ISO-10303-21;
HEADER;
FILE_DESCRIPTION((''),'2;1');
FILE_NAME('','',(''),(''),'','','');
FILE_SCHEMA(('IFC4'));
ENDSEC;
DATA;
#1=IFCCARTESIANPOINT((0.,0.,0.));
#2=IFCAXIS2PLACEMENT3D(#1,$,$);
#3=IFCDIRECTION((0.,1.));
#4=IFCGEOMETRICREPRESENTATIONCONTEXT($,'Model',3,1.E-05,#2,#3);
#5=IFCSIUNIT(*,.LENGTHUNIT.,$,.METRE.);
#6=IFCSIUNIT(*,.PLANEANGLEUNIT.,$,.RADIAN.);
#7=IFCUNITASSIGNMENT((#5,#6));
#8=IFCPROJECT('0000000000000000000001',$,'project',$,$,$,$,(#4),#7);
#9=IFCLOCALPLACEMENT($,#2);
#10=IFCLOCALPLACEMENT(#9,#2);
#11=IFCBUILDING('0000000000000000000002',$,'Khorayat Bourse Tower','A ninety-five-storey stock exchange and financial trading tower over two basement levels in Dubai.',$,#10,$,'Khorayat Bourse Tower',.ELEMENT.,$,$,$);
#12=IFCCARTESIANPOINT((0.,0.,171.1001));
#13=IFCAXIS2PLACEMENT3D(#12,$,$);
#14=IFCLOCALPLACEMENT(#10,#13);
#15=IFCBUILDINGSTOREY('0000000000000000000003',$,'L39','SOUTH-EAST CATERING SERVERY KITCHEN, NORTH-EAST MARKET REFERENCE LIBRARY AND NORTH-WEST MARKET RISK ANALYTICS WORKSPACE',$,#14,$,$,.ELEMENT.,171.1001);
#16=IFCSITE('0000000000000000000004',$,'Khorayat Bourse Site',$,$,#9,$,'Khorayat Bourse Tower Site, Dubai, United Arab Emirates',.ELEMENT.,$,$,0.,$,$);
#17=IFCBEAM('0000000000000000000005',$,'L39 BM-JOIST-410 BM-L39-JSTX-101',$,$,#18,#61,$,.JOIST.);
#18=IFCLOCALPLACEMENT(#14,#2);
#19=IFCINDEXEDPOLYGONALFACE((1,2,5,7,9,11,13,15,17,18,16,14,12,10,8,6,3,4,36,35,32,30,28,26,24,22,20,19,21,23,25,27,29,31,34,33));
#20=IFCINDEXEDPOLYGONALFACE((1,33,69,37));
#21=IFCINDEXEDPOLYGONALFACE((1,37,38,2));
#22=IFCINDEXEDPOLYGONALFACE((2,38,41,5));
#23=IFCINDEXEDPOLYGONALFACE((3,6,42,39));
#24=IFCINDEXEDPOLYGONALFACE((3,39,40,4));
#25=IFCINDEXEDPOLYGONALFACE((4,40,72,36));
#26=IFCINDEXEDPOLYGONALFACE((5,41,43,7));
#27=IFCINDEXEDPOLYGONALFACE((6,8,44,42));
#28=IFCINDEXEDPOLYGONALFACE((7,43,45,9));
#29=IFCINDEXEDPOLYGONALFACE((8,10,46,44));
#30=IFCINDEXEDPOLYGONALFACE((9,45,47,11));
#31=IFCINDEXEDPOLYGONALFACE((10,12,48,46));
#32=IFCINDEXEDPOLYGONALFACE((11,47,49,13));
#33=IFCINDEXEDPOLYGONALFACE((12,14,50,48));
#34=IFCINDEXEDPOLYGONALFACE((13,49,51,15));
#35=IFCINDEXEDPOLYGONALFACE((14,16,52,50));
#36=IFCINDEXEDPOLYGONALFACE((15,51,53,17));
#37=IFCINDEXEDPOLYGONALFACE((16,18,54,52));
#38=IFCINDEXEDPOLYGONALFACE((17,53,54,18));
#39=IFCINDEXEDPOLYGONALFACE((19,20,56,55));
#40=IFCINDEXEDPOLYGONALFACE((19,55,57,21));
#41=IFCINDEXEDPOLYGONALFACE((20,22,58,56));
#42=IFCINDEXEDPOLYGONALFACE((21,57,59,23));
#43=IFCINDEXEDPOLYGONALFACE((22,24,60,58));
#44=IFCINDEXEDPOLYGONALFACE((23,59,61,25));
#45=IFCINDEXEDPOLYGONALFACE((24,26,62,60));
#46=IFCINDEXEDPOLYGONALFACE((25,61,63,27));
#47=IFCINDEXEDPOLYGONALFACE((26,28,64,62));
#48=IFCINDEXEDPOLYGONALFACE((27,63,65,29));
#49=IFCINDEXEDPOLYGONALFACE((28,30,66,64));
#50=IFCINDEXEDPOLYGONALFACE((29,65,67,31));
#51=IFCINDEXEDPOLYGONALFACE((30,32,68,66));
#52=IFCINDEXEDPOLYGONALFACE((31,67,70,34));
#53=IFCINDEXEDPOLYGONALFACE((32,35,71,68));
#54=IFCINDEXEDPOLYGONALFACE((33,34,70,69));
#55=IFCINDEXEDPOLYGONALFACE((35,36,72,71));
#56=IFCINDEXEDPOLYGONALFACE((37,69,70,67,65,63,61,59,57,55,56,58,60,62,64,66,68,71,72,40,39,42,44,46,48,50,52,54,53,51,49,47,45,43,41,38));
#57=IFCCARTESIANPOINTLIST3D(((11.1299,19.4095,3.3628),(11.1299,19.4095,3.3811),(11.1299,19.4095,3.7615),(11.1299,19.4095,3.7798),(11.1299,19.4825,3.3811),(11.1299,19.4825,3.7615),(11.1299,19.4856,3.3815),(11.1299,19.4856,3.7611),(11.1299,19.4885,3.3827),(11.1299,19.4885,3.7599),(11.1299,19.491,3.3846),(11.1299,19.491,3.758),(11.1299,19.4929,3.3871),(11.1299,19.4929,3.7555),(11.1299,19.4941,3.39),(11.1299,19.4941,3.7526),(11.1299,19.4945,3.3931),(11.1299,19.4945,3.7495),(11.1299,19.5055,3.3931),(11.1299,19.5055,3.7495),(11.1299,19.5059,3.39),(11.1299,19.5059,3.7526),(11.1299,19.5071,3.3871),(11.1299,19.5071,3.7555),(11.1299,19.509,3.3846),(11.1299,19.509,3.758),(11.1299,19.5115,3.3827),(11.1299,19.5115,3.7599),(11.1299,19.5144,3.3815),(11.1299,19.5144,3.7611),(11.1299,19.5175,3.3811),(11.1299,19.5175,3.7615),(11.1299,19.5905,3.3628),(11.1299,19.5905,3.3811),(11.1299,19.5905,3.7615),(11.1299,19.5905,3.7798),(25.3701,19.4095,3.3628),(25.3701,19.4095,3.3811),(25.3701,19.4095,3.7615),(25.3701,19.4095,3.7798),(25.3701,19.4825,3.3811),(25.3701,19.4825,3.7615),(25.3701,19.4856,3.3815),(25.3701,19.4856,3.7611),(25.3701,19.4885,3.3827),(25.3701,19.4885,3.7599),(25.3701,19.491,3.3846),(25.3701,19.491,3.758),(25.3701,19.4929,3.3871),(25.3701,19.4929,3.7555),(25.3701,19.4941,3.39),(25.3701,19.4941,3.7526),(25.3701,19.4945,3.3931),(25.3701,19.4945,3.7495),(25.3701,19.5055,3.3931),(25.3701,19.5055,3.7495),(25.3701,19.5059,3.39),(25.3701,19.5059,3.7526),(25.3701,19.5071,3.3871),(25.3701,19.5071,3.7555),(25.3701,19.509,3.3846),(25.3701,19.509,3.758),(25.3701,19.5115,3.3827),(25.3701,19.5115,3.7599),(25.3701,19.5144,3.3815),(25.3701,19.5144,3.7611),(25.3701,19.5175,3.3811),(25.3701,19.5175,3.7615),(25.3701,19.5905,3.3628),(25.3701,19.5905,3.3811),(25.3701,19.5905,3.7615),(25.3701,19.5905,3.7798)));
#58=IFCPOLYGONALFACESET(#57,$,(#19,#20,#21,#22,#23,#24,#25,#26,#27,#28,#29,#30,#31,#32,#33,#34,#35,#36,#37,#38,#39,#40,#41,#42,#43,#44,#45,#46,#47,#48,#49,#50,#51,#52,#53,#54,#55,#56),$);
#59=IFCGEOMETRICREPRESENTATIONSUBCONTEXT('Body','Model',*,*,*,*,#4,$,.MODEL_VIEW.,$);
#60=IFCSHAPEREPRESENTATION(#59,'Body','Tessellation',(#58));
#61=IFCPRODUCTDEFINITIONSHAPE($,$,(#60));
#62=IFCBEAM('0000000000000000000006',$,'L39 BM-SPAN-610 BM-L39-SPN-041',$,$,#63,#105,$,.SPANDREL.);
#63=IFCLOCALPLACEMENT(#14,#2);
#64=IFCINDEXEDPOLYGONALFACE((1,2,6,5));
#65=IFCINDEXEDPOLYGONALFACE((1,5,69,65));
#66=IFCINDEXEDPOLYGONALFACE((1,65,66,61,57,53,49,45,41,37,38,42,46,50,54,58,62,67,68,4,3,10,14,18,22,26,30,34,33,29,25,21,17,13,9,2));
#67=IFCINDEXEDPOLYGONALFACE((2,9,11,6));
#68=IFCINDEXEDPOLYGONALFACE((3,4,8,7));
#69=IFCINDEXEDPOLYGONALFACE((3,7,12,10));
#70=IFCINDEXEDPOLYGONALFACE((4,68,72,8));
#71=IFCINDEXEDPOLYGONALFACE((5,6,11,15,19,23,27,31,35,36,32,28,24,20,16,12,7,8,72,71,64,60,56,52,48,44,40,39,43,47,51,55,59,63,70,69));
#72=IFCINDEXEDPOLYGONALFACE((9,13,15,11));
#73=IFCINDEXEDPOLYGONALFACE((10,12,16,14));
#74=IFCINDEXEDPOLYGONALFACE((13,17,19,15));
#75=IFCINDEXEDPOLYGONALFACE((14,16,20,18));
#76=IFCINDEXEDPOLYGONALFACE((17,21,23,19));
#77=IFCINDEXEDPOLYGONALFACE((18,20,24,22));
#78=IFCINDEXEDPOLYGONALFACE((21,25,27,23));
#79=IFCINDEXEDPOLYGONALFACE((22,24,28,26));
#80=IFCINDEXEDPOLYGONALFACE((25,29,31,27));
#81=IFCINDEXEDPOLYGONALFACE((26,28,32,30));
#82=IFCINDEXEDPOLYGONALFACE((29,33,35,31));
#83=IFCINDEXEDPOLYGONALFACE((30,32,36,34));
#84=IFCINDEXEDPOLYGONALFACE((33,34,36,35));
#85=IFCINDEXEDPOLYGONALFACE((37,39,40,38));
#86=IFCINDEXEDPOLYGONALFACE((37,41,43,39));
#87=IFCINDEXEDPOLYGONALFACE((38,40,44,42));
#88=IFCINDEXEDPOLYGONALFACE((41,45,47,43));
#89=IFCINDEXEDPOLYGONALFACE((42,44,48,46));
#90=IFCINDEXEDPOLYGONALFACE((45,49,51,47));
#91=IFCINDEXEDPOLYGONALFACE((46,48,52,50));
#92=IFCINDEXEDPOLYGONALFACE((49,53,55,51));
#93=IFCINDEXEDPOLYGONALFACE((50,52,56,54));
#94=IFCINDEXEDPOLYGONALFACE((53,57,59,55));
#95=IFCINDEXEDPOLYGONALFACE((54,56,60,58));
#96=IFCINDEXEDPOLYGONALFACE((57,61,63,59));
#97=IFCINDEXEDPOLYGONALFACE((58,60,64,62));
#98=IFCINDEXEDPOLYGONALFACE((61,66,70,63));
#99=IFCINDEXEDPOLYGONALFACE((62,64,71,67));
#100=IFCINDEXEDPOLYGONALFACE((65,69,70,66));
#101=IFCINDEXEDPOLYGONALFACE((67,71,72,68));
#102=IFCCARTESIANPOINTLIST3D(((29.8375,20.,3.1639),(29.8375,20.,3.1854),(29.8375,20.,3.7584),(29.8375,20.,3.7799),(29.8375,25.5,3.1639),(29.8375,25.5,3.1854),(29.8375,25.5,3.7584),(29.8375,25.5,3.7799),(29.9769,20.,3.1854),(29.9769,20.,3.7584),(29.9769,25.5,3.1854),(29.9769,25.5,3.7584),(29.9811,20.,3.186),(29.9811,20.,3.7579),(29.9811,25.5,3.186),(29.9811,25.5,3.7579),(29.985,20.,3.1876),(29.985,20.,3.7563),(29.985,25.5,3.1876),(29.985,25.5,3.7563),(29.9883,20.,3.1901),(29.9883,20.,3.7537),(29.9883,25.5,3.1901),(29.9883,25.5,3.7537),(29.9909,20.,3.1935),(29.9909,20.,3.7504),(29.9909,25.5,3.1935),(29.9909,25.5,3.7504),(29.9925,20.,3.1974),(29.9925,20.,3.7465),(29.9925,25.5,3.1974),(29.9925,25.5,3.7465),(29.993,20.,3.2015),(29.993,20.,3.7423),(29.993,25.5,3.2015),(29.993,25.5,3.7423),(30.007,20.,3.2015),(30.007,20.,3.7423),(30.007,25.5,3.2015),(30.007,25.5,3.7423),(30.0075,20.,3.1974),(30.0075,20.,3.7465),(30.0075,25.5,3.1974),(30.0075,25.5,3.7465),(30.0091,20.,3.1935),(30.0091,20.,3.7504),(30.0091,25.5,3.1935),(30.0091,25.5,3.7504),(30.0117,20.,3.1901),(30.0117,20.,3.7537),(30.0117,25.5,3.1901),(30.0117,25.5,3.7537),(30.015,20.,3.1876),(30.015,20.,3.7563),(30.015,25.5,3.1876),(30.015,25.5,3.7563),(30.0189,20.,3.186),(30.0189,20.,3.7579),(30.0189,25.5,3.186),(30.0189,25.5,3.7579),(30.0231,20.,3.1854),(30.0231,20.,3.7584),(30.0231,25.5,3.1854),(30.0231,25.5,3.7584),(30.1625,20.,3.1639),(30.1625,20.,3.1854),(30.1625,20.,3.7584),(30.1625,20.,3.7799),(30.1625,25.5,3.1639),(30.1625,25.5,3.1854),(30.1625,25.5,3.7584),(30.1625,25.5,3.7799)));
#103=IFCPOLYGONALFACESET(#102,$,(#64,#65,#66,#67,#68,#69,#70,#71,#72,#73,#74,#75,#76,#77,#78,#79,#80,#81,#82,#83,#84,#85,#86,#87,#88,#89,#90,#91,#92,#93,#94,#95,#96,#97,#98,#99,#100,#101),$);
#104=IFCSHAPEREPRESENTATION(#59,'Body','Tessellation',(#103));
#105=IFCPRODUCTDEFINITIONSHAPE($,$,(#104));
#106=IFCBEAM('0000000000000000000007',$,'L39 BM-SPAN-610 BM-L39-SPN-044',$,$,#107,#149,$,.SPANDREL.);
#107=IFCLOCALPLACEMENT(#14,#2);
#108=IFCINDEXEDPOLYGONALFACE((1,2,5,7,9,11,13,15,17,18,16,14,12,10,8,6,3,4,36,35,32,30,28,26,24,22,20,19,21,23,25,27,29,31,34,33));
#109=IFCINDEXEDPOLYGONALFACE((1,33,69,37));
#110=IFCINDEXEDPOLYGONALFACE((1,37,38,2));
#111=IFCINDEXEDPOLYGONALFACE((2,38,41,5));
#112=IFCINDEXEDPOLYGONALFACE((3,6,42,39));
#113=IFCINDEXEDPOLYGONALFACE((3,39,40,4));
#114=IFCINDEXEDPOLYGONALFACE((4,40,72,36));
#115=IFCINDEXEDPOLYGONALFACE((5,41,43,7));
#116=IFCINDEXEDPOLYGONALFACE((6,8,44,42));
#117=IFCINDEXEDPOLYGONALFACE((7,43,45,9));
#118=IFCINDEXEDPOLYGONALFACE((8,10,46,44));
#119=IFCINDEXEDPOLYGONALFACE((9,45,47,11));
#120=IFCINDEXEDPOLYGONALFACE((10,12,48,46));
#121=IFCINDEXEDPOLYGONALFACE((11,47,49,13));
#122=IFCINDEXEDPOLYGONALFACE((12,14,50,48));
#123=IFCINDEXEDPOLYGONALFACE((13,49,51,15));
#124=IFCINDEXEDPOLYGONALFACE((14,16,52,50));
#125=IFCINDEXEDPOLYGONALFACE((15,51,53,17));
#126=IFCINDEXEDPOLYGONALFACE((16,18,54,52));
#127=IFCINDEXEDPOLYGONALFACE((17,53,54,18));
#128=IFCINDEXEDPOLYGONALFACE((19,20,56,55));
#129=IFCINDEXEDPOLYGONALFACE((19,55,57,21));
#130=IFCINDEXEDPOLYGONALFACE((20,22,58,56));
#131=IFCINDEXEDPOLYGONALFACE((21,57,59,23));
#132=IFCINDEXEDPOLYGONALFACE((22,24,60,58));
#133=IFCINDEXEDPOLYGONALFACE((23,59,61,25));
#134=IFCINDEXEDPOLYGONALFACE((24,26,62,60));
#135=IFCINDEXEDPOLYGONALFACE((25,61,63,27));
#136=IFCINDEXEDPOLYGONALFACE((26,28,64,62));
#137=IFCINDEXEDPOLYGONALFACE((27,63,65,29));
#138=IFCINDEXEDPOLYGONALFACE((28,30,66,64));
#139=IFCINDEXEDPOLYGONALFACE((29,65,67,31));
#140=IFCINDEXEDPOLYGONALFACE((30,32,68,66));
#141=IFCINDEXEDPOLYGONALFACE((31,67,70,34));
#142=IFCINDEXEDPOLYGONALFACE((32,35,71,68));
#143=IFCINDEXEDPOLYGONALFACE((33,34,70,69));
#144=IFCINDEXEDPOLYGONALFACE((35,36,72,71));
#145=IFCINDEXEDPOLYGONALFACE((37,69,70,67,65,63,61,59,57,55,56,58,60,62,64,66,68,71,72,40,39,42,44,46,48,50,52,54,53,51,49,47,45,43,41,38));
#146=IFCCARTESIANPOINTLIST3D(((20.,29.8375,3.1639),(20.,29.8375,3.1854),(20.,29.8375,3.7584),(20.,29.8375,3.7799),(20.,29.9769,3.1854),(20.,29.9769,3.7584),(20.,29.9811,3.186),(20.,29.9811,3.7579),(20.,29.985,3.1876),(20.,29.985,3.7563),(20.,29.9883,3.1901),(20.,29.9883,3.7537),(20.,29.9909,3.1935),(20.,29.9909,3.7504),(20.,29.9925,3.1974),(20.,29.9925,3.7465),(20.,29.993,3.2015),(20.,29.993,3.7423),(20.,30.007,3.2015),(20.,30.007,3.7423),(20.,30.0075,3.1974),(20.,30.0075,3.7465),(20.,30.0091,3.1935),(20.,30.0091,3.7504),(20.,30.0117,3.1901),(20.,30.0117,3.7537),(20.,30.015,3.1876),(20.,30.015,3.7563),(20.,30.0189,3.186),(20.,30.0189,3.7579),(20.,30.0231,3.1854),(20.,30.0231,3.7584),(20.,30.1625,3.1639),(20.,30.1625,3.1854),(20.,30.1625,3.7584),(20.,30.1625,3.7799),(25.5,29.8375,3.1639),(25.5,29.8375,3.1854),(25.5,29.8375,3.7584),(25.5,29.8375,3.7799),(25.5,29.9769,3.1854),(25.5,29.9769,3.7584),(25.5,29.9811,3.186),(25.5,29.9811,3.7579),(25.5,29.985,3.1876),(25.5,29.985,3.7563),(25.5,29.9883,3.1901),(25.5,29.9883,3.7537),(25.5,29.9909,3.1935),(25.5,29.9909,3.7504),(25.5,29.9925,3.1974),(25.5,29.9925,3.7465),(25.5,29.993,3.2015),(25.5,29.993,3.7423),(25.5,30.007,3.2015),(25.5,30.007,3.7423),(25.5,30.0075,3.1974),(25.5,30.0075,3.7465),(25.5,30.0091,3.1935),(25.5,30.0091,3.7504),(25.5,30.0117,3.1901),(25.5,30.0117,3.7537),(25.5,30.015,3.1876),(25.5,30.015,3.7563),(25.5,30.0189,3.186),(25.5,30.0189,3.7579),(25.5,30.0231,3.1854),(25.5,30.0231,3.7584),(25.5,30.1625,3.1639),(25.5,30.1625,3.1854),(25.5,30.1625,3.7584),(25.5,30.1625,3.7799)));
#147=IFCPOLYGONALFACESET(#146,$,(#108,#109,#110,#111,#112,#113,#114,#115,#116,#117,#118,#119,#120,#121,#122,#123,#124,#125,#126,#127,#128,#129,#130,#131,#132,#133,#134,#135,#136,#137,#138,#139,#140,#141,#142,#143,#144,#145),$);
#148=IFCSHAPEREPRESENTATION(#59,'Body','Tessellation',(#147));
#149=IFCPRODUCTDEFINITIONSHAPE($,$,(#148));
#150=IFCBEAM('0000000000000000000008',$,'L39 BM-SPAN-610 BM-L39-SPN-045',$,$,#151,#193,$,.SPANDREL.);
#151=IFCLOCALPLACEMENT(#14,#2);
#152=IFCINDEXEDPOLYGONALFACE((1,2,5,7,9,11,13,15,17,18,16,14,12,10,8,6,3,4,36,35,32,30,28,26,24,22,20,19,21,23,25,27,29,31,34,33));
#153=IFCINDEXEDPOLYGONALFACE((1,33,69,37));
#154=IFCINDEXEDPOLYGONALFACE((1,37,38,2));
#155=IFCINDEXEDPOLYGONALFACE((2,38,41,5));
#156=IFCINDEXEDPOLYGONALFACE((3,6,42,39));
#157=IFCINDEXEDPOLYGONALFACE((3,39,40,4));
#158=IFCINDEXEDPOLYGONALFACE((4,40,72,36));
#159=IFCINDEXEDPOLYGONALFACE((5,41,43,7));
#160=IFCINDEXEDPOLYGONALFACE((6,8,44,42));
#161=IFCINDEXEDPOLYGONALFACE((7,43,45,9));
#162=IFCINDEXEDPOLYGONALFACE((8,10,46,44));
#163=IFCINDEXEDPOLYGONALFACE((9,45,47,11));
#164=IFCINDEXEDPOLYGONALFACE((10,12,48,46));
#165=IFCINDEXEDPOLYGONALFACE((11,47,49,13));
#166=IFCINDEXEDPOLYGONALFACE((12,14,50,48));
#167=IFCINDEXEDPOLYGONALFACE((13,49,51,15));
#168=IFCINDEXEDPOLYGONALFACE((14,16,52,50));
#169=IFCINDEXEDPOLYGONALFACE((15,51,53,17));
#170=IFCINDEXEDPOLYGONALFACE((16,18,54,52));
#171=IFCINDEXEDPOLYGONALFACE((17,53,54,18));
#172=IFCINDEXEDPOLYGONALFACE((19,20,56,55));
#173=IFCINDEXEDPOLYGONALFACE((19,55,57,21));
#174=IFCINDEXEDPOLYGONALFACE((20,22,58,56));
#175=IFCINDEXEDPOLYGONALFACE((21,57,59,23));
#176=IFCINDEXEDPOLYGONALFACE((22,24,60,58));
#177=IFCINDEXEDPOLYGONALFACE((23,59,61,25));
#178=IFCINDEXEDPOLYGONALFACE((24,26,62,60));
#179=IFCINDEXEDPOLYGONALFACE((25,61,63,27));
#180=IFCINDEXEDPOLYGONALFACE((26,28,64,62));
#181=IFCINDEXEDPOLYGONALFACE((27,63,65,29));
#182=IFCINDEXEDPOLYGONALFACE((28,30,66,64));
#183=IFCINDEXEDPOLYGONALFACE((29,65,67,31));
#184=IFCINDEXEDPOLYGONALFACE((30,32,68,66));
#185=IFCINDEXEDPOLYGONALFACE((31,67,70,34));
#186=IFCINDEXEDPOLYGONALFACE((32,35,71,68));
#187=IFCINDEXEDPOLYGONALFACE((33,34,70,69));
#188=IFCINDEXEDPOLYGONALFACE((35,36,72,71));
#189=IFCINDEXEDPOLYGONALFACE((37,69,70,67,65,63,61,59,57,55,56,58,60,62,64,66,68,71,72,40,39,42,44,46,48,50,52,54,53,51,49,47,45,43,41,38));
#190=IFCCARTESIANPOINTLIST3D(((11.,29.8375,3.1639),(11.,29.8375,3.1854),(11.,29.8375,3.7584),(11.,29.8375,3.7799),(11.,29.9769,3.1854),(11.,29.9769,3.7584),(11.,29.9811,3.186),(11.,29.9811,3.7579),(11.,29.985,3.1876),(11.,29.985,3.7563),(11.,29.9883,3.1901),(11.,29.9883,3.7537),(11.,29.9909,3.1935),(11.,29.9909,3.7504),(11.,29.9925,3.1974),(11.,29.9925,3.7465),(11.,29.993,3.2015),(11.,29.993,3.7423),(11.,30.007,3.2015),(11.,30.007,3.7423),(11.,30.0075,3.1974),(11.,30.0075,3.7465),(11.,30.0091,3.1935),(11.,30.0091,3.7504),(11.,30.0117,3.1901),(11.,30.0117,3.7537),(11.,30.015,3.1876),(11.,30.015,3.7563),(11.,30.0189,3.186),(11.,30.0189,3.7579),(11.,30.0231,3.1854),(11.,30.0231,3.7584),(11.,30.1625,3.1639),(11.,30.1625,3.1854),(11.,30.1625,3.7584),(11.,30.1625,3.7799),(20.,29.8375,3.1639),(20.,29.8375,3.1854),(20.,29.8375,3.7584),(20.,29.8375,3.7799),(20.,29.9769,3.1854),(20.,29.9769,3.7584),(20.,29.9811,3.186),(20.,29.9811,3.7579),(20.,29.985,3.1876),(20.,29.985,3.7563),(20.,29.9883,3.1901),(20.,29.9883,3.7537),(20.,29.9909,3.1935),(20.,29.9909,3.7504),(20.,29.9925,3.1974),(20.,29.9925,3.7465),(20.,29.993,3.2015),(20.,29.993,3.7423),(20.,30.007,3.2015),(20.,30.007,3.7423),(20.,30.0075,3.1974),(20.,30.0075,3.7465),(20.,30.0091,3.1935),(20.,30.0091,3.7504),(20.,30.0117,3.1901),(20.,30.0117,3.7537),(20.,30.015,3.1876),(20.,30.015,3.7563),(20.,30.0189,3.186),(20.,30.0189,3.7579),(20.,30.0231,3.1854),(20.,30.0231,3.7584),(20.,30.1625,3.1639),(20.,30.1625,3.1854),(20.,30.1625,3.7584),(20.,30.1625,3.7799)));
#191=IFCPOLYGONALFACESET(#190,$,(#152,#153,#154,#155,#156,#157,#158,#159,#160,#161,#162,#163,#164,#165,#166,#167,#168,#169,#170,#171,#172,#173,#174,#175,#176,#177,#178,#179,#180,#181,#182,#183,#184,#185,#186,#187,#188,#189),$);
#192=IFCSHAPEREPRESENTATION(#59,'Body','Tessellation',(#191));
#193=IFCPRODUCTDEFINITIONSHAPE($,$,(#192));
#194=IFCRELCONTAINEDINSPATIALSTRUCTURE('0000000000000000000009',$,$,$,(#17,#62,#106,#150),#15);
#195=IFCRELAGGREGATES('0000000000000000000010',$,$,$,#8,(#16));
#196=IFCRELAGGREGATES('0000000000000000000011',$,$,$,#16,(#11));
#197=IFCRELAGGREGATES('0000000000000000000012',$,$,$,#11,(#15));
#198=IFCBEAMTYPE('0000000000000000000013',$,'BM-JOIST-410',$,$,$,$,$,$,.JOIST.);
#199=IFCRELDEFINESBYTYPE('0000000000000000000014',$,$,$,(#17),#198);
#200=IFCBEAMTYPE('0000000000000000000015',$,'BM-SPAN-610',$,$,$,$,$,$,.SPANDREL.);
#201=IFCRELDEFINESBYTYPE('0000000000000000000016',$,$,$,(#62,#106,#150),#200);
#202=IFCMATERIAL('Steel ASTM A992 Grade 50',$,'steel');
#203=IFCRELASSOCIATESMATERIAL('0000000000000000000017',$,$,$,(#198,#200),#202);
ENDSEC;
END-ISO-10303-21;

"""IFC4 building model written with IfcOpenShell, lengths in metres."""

from ifc_helpers import new_model, si_unit, direction, frame, origin, origin_2d, place, context, subcontext, project, spatial, i_section, extrude, source, transform, mapped, material, material_profile, profile_set, type_object, element, save


model = new_model("IFC4")

# Units and contexts
model_context = context("Model", 3, precision=1e-05, world=origin(), true_north=direction((0.0, 1.0)))
body_context = subcontext(model_context, "Body", "Model", "MODEL_VIEW")
ifc_project = project(units=[si_unit("LENGTHUNIT", "METRE"), si_unit("PLANEANGLEUNIT", "RADIAN")], contexts=[model_context])

# Site, building, storey
site_placement = place(None, origin())
site = spatial("IfcSite", under=ifc_project, at=site_placement, Name="Khorayat Bourse Site", LongName="Khorayat Bourse Tower Site, Dubai, United Arab Emirates", CompositionType="ELEMENT", RefElevation=0.0)
building_placement = place(site_placement, origin())
building = spatial("IfcBuilding", under=site, at=building_placement, Name="Khorayat Bourse Tower", Description="A ninety-five-storey stock exchange and financial trading tower over two basement levels in Dubai.", LongName="Khorayat Bourse Tower", CompositionType="ELEMENT")
storey_placement = place(building_placement, frame((0.0, 0.0, 171.1001)))
storey = spatial("IfcBuildingStorey", under=building, at=storey_placement, Name="L39", Description="SOUTH-EAST CATERING SERVERY KITCHEN, NORTH-EAST MARKET REFERENCE LIBRARY AND NORTH-WEST MARKET RISK ANALYTICS WORKSPACE", CompositionType="ELEMENT", Elevation=171.1001)

# Beams
ifc_material_1 = material(Name="Steel ASTM A992 Grade 50", Category="steel")
ifc_material_profile_1 = material_profile(ifc_material_1, i_section(OverallWidth=0.1809, OverallDepth=0.417, WebThickness=0.011, FlangeThickness=0.0183, FilletRadius=0.012, at=origin_2d()), Name="W410X85")
ifc_profile_set_1 = profile_set([ifc_material_profile_1], Name="Steel ASTM A992 Grade 50")
beam_type_1 = type_object("IfcBeamType", Name="BM-JOIST-410", PredefinedType="JOIST", material=ifc_profile_set_1)
shared_shape_1 = source(origin(), body_context, "Body", "SweptSolid", [
    extrude(i_section(OverallWidth=0.1809, OverallDepth=0.417, WebThickness=0.011, FlangeThickness=0.0183, FilletRadius=0.012, at=origin_2d()), origin(), (0.0, 0.0, 1.0), 14.2402),
])
beam_1_placement = place(storey_placement, frame((11.1299, 19.5, 3.5713), z_axis=(1.0, 0.0, 0.0), x_axis=(0.0, 1.0, 0.0)))
element("IfcBeam", 1, at=beam_1_placement, inside=storey, type_object=beam_type_1, Name="L39 BM-JOIST-410 BM-L39-JSTX-101", PredefinedType="JOIST", context=body_context, shape_type="MappedRepresentation", body=[
    mapped(shared_shape_1, transform((0.0, 0.0, 0.0), scale=1.0)),
])
ifc_material_profile_2 = material_profile(ifc_material_1, i_section(OverallWidth=0.325, OverallDepth=0.616, WebThickness=0.0139, FlangeThickness=0.0215, FilletRadius=0.0161, at=origin_2d()), Name="W610X174")
ifc_profile_set_2 = profile_set([ifc_material_profile_2], Name="Steel ASTM A992 Grade 50")
beam_type_2 = type_object("IfcBeamType", Name="BM-SPAN-610", PredefinedType="SPANDREL", material=ifc_profile_set_2)
shared_shape_2 = source(origin(), body_context, "Body", "SweptSolid", [
    extrude(i_section(OverallWidth=0.325, OverallDepth=0.616, WebThickness=0.0139, FlangeThickness=0.0215, FilletRadius=0.0161, at=origin_2d()), origin(), (0.0, 0.0, 1.0), 5.5),
])
for number, where, z_axis, x_axis, name in (
    (2, (30.0, 20.0, 3.4719), (0.0, 1.0, 0.0), (-1.0, 0.0, 0.0), "L39 BM-SPAN-610 BM-L39-SPN-041"),
    (3, (20.0, 30.0, 3.4719), (1.0, 0.0, 0.0), (0.0, 1.0, 0.0), "L39 BM-SPAN-610 BM-L39-SPN-044"),
):
    element("IfcBeam", number, at=place(storey_placement, frame(where, z_axis=z_axis, x_axis=x_axis)), inside=storey, type_object=beam_type_2, Name=name, PredefinedType="SPANDREL", context=body_context, shape_type="MappedRepresentation", body=[
        mapped(shared_shape_2, transform((0.0, 0.0, 0.0), scale=1.0)),
    ])
shared_shape_3 = source(origin(), body_context, "Body", "SweptSolid", [
    extrude(i_section(OverallWidth=0.325, OverallDepth=0.616, WebThickness=0.0139, FlangeThickness=0.0215, FilletRadius=0.0161, at=origin_2d()), origin(), (0.0, 0.0, 1.0), 9.0),
])
beam_2_placement = place(storey_placement, frame((11.0, 30.0, 3.4719), z_axis=(1.0, 0.0, 0.0), x_axis=(0.0, 1.0, 0.0)))
element("IfcBeam", 4, at=beam_2_placement, inside=storey, type_object=beam_type_2, Name="L39 BM-SPAN-610 BM-L39-SPN-045", PredefinedType="SPANDREL", context=body_context, shape_type="MappedRepresentation", body=[
    mapped(shared_shape_3, transform((0.0, 0.0, 0.0), scale=1.0)),
])

save(model, "model.ifc")
